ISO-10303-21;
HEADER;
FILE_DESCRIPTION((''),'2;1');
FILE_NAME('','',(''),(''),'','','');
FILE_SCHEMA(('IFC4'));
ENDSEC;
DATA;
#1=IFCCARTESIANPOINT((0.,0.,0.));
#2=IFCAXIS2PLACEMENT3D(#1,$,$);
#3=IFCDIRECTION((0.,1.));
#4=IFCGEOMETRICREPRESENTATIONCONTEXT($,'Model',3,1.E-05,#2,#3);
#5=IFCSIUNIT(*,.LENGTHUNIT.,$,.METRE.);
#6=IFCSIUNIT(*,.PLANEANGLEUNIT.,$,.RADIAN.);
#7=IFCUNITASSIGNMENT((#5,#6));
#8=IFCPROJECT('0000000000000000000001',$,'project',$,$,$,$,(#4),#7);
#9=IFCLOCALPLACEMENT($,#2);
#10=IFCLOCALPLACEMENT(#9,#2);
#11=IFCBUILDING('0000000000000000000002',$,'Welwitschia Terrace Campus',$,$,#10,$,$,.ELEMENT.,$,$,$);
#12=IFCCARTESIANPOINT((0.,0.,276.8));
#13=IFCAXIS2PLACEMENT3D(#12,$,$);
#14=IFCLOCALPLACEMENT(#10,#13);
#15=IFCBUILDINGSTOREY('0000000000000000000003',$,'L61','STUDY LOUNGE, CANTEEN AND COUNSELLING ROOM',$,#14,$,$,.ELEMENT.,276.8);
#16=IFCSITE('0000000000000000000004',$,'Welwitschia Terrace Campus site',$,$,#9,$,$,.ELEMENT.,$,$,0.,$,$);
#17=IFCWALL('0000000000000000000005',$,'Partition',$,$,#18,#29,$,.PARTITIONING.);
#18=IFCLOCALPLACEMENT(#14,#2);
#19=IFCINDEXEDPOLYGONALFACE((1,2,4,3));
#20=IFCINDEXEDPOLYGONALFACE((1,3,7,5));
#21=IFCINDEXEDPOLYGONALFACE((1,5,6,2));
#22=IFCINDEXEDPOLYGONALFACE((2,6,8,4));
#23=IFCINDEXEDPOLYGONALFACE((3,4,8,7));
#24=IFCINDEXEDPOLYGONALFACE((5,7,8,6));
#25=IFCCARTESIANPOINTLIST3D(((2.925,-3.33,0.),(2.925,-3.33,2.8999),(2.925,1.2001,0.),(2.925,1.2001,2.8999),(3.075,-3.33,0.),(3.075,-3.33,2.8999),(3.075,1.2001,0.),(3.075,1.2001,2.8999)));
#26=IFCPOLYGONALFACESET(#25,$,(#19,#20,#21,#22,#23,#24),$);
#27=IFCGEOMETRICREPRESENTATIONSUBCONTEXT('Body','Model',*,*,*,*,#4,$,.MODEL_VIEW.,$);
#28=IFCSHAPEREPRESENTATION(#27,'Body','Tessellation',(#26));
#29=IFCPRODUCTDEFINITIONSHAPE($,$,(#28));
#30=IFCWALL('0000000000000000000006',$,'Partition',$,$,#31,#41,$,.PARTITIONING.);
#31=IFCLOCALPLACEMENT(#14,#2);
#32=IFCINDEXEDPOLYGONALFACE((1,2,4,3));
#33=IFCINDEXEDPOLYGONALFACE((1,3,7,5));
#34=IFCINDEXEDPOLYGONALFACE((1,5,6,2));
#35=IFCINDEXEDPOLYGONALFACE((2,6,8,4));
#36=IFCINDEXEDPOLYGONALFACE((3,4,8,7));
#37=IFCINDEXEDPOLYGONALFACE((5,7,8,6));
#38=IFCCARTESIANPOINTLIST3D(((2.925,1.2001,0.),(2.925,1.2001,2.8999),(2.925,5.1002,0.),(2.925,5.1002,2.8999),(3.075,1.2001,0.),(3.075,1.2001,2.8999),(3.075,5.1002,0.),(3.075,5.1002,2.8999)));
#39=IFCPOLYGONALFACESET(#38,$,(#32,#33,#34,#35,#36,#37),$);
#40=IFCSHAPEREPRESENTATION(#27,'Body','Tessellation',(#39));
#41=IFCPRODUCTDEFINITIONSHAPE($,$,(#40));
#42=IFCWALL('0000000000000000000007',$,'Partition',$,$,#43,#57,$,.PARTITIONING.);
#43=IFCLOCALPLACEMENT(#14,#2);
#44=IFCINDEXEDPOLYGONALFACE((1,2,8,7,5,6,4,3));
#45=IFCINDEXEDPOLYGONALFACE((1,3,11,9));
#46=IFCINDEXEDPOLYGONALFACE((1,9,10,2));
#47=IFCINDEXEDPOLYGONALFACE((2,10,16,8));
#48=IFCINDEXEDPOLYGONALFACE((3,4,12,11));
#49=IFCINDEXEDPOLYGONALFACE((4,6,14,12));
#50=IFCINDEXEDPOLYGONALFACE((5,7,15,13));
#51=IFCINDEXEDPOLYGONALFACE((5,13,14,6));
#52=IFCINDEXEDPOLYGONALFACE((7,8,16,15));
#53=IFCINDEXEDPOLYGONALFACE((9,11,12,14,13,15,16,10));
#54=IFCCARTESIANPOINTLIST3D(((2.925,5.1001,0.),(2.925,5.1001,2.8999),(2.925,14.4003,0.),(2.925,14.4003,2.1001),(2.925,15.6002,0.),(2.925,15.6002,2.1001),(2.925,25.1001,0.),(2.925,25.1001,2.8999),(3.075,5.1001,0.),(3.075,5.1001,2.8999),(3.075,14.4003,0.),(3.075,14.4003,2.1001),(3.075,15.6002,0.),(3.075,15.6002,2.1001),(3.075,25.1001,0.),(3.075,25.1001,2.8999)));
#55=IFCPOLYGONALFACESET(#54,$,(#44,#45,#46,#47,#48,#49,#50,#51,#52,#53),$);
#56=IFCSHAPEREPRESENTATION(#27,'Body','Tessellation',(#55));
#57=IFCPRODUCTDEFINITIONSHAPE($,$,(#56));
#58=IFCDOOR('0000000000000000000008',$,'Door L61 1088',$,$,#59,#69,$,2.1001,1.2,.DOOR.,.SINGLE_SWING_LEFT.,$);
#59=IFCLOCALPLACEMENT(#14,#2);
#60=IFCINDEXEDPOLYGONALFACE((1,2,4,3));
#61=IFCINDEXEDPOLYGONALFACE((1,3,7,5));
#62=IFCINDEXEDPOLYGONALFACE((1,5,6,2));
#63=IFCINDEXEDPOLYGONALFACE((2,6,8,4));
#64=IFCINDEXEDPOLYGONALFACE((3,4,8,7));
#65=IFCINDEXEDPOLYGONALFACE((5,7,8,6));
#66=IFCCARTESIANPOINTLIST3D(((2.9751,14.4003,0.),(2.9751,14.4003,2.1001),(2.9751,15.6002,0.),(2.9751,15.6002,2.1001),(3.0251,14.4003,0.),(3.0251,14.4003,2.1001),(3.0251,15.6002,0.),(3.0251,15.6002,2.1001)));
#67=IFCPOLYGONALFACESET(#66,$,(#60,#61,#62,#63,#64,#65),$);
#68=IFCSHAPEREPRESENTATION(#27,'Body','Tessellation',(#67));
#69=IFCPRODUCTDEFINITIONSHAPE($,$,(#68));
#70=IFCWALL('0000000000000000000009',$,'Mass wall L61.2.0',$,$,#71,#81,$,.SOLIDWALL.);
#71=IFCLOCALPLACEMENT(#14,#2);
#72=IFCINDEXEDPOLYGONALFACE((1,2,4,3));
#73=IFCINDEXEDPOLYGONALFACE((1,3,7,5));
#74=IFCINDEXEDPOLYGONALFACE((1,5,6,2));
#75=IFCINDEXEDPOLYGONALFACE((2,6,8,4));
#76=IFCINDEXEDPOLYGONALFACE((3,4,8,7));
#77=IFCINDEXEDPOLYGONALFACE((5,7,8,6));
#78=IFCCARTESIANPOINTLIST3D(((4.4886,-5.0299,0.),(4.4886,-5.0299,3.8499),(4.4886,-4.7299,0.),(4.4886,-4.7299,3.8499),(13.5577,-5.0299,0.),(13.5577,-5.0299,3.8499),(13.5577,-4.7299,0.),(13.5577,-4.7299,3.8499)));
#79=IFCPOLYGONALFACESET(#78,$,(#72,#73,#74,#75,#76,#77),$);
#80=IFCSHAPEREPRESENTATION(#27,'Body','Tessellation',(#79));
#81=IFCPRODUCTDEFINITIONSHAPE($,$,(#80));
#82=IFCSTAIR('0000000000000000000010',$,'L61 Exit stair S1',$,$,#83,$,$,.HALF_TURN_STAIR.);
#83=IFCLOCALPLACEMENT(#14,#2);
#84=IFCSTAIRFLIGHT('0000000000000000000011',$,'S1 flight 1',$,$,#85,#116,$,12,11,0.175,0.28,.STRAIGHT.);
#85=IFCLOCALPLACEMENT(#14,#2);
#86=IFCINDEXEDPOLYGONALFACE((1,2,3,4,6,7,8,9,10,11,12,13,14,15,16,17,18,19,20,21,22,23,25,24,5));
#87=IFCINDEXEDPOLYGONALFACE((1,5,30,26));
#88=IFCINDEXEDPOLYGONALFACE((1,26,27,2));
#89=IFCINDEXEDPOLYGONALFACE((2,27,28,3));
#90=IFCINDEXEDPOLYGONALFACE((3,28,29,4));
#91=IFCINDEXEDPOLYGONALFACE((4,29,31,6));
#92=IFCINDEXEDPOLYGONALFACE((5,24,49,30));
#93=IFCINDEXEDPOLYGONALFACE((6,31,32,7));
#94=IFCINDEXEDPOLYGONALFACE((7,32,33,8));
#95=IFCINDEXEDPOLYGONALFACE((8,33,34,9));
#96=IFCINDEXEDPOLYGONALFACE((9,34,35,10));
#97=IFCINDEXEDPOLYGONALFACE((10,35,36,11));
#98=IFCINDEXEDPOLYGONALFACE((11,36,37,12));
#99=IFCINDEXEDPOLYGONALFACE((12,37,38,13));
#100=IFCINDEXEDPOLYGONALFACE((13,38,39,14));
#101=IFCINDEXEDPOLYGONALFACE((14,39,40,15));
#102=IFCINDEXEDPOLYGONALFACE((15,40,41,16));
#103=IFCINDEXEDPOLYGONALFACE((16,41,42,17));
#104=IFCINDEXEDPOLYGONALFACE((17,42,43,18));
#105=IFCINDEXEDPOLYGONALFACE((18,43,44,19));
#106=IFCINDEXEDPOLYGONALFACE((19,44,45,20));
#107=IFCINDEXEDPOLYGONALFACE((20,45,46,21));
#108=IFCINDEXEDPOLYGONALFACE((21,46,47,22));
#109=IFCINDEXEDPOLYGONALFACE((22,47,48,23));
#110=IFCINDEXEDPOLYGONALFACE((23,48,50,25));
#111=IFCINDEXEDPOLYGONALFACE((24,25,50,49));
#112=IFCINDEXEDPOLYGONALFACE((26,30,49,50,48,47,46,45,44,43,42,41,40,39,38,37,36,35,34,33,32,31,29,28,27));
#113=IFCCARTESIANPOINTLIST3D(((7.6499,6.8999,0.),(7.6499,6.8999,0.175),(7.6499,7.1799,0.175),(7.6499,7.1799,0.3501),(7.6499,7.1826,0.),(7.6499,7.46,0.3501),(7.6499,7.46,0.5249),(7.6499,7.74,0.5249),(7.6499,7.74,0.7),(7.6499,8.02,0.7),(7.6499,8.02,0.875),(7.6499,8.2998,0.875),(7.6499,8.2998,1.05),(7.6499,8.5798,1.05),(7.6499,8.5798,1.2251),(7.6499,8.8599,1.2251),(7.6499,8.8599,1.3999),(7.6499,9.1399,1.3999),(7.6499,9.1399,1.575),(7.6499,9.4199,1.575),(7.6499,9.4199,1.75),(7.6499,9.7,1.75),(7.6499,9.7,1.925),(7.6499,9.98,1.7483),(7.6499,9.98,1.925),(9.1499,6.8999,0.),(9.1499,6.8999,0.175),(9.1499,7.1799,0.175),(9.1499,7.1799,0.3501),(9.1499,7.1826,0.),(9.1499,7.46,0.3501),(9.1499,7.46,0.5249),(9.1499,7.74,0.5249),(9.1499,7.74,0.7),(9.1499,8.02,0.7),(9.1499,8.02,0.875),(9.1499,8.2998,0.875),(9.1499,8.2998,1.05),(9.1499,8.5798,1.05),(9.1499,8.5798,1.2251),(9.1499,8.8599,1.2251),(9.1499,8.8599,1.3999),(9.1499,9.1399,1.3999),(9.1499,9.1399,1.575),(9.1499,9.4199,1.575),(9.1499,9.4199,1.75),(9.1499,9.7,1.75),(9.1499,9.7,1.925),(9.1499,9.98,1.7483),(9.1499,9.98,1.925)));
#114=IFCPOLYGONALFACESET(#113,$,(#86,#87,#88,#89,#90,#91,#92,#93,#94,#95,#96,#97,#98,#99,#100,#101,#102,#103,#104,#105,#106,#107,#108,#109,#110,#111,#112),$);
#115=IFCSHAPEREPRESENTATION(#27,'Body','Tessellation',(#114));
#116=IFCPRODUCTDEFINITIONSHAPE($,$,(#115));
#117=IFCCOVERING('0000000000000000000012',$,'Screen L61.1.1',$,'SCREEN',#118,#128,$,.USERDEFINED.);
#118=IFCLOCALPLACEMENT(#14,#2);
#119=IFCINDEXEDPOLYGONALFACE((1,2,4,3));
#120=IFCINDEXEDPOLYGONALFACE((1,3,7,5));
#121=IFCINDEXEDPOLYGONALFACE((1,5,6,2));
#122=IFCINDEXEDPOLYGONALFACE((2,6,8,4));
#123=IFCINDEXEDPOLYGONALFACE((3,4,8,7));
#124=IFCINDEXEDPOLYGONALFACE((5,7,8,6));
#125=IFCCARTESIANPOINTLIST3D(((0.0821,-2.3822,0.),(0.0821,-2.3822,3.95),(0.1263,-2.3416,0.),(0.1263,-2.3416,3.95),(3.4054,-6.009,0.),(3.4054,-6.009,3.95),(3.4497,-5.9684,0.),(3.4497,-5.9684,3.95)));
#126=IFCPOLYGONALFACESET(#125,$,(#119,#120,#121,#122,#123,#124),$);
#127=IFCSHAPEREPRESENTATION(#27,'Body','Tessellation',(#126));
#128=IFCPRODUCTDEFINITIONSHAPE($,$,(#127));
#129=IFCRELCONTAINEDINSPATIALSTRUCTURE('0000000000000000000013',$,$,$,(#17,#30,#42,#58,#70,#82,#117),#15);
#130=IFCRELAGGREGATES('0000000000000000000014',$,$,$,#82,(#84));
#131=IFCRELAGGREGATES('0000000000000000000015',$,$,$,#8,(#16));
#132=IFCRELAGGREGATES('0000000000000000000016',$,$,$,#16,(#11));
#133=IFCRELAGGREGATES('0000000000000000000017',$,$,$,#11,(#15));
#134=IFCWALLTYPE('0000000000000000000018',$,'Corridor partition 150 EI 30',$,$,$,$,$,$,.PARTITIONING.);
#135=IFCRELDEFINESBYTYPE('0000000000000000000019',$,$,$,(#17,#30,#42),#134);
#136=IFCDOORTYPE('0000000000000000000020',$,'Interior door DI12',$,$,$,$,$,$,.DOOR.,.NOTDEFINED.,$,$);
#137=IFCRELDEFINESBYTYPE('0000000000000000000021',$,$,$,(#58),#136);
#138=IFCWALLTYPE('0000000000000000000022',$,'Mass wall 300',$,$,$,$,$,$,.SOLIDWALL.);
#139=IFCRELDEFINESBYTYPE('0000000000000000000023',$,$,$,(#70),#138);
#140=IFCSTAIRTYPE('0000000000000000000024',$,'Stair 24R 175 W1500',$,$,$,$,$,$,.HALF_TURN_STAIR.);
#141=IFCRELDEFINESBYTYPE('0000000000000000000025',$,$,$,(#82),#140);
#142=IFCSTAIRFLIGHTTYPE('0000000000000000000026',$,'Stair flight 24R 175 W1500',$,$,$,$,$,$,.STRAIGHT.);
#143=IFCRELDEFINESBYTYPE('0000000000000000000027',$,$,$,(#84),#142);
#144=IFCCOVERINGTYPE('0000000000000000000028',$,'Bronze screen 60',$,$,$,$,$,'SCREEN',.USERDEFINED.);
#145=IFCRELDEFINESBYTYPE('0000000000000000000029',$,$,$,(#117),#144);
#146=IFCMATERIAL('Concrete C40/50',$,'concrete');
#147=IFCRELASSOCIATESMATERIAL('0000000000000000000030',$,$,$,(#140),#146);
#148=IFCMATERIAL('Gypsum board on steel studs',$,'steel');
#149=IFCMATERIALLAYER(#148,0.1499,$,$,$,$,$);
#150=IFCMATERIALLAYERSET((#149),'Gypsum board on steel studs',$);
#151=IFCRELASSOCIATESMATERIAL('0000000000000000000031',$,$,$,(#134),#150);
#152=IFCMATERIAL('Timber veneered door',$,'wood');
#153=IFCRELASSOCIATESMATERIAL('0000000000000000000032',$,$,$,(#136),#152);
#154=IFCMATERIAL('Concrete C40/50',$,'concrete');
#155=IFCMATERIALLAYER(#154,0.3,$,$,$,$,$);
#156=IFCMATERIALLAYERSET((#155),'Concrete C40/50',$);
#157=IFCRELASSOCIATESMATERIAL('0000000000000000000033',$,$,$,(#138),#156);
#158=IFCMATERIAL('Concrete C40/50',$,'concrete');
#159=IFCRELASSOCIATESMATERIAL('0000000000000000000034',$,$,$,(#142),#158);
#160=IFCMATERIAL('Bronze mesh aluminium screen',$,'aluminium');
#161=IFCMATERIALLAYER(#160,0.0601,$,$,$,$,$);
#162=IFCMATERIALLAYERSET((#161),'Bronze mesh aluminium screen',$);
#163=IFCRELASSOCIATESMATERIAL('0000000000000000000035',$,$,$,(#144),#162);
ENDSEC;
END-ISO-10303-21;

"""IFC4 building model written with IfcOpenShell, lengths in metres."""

from ifc_helpers import new_model, si_unit, direction, frame, frame_2d, origin, origin_2d, place, context, subcontext, project, spatial, polyline, rectangle, outline, extrude, material, layer, layer_set, type_object, element, fill, aggregate, save


model = new_model("IFC4")

# Units and contexts
model_context = context("Model", 3, precision=1e-05, world=origin(), true_north=direction((0.0, 1.0)))
body_context = subcontext(model_context, "Body", "Model", "MODEL_VIEW")
ifc_project = project(units=[si_unit("LENGTHUNIT", "METRE"), si_unit("PLANEANGLEUNIT", "RADIAN")], contexts=[model_context])

# Site, building, storey
site_placement = place(None, origin())
site = spatial("IfcSite", under=ifc_project, at=site_placement, Name="Welwitschia Terrace Campus site", CompositionType="ELEMENT", RefElevation=0.0)
building_placement = place(site_placement, origin())
building = spatial("IfcBuilding", under=site, at=building_placement, Name="Welwitschia Terrace Campus", CompositionType="ELEMENT")
storey_placement = place(building_placement, frame((0.0, 0.0, 276.8)))
storey = spatial("IfcBuildingStorey", under=building, at=storey_placement, Name="L61", Description="STUDY LOUNGE, CANTEEN AND COUNSELLING ROOM", CompositionType="ELEMENT", Elevation=276.8)

# Shared definitions
ifc_material_1 = material(Name="Concrete C40/50", Category="concrete")
stair_type = type_object("IfcStairType", Name="Stair 24R 175 W1500", PredefinedType="HALF_TURN_STAIR", material=ifc_material_1)

# Walls
ifc_material_2 = material(Name="Gypsum board on steel studs", Category="steel")
ifc_layer_1 = layer(ifc_material_2, 0.1499)
ifc_layer_set_1 = layer_set([ifc_layer_1], Name="Gypsum board on steel studs")
wall_type_1 = type_object("IfcWallType", Name="Corridor partition 150 EI 30", PredefinedType="PARTITIONING", material=ifc_layer_set_1)
wall_1_placement = place(storey_placement, frame((3.0, -3.3301, 0.0), z_axis=(0.0, 0.0, 1.0), x_axis=(0.0, 1.0, 0.0)))
element("IfcWall", 1, at=wall_1_placement, inside=storey, type_object=wall_type_1, Name="Partition", PredefinedType="PARTITIONING", context=body_context, shape_type="SweptSolid", body=[
    extrude(rectangle(XDim=4.53, YDim=0.1499, at=frame_2d((2.2651, 0.0))), origin(), (0.0, 0.0, 1.0), 2.8999),
])
wall_2_placement = place(storey_placement, frame((3.0, 1.2, 0.0), z_axis=(0.0, 0.0, 1.0), x_axis=(0.0, 1.0, 0.0)))
element("IfcWall", 2, at=wall_2_placement, inside=storey, type_object=wall_type_1, Name="Partition", PredefinedType="PARTITIONING", context=body_context, shape_type="SweptSolid", body=[
    extrude(rectangle(XDim=3.9001, YDim=0.1499, at=frame_2d((1.9502, 0.0))), origin(), (0.0, 0.0, 1.0), 2.8999),
])

# Wall, opening, door
wall_3_placement = place(storey_placement, frame((3.0, 5.1001, 0.0), z_axis=(0.0, 0.0, 1.0), x_axis=(0.0, 1.0, 0.0)))
wall_3 = element("IfcWall", 3, at=wall_3_placement, inside=storey, type_object=wall_type_1, Name="Partition", PredefinedType="PARTITIONING", context=body_context, shape_type="SweptSolid", body=[
    extrude(rectangle(XDim=20.0, YDim=0.1499, at=frame_2d((10.0, 0.0))), origin(), (0.0, 0.0, 1.0), 2.8999),
])
opening_1_placement = place(wall_3_placement, frame((9.3, 0.0, 0.0)))
opening_1 = element("IfcOpeningElement", 4, at=opening_1_placement, cuts=wall_3, PredefinedType="OPENING", context=body_context, shape_type="SweptSolid", body=[
    extrude(rectangle(XDim=1.2, YDim=2.1001, at=frame_2d((0.6001, 1.05))), frame((0.0, 0.085, 0.0), z_axis=(0.0, -1.0, 0.0), x_axis=(1.0, 0.0, 0.0)), (0.0, 0.0, 1.0), 0.1699),
])
ifc_material_3 = material(Name="Timber veneered door", Category="wood")
door_type_1 = type_object("IfcDoorType", Name="Interior door DI12", OperationType="NOTDEFINED", PredefinedType="DOOR", material=ifc_material_3)
door_1_placement = place(opening_1_placement, origin())
door_1 = element("IfcDoor", 5, at=door_1_placement, inside=storey, type_object=door_type_1, Name="Door L61 1088", OperationType="SINGLE_SWING_LEFT", OverallHeight=2.1001, OverallWidth=1.2, PredefinedType="DOOR", context=body_context, shape_type="SweptSolid", body=[
    extrude(rectangle(XDim=1.2, YDim=2.1001, at=frame_2d((0.6001, 1.05))), frame((0.0, 0.0249, 0.0), z_axis=(0.0, -1.0, 0.0), x_axis=(1.0, 0.0, 0.0)), (0.0, 0.0, 1.0), 0.05),
])
fill(opening_1, door_1)

# Wall
ifc_material_4 = material(Name="Concrete C40/50", Category="concrete")
ifc_layer_2 = layer(ifc_material_4, 0.3)
ifc_layer_set_2 = layer_set([ifc_layer_2], Name="Concrete C40/50")
wall_type_2 = type_object("IfcWallType", Name="Mass wall 300", PredefinedType="SOLIDWALL", material=ifc_layer_set_2)
wall_4_placement = place(storey_placement, frame((4.4885, -4.8799, 0.0), z_axis=(0.0, 0.0, 1.0), x_axis=(1.0, 0.0, 0.0)))
element("IfcWall", 6, at=wall_4_placement, inside=storey, type_object=wall_type_2, Name="Mass wall L61.2.0", PredefinedType="SOLIDWALL", context=body_context, shape_type="SweptSolid", body=[
    extrude(rectangle(XDim=9.0691, YDim=0.3, at=frame_2d((4.5347, 0.0))), origin(), (0.0, 0.0, 1.0), 3.8499),
])

# Stair, stair flight
stair_1_placement = place(storey_placement, origin())
stair_1 = element("IfcStair", 7, at=stair_1_placement, inside=storey, type_object=stair_type, Name="L61 Exit stair S1", PredefinedType="HALF_TURN_STAIR")
ifc_material_5 = material(Name="Concrete C40/50", Category="concrete")
stair_flight_type = type_object("IfcStairFlightType", Name="Stair flight 24R 175 W1500", PredefinedType="STRAIGHT", material=ifc_material_5)
stair_flight_placement = place(storey_placement, frame((8.3999, 6.8999, 0.0), z_axis=(0.0, 0.0, 1.0), x_axis=(0.0, 1.0, 0.0)))
stair_flight = element("IfcStairFlight", 8, at=stair_flight_placement, type_object=stair_flight_type, Name="S1 flight 1", NumberOfRisers=12, NumberOfTreads=11, PredefinedType="STRAIGHT", RiserHeight=0.175, TreadLength=0.28, context=body_context, shape_type="SweptSolid", body=[
    extrude(outline(polyline([(0.0, 0.0), (0.0, 0.175), (0.28, 0.175), (0.28, 0.3501), (0.5601, 0.3501), (0.5601, 0.5249), (0.8401, 0.5249), (0.8401, 0.7), (1.1201, 0.7), (1.1201, 0.875), (1.3999, 0.875), (1.3999, 1.05), (1.6799, 1.05), (1.6799, 1.2251), (1.96, 1.2251), (1.96, 1.3999), (2.24, 1.3999), (2.24, 1.575), (2.52, 1.575), (2.52, 1.75), (2.8, 1.75), (2.8, 1.925), (3.0801, 1.925), (3.0801, 2.1001), (3.0801, 1.7483), (0.2827, 0.0), (0.0, 0.0)])), frame((0.0, 0.75, 0.0), z_axis=(0.0, -1.0, 0.0), x_axis=(1.0, 0.0, 0.0)), (0.0, 0.0, 1.0), 1.5),
])
aggregate(stair_1, [stair_flight])

# Covering
ifc_material_6 = material(Name="Bronze mesh aluminium screen", Category="aluminium")
ifc_layer_3 = layer(ifc_material_6, 0.0601)
ifc_layer_set_3 = layer_set([ifc_layer_3], Name="Bronze mesh aluminium screen")
covering_type = type_object("IfcCoveringType", Name="Bronze screen 60", ElementType="SCREEN", PredefinedType="USERDEFINED", material=ifc_layer_set_3)
covering_placement = place(storey_placement, frame((1.7659, -4.1753, 0.0), z_axis=(0.0, 0.0, 1.0), x_axis=(0.67559, -0.737277, 0.0)))
element("IfcCovering", 9, at=covering_placement, inside=storey, type_object=covering_type, Name="Screen L61.1.1", ObjectType="SCREEN", PredefinedType="USERDEFINED", context=body_context, shape_type="SweptSolid", body=[
    extrude(rectangle(XDim=4.9192, YDim=0.0601, at=origin_2d()), origin(), (0.0, 0.0, 1.0), 3.95),
])

save(model, "model.ifc")
